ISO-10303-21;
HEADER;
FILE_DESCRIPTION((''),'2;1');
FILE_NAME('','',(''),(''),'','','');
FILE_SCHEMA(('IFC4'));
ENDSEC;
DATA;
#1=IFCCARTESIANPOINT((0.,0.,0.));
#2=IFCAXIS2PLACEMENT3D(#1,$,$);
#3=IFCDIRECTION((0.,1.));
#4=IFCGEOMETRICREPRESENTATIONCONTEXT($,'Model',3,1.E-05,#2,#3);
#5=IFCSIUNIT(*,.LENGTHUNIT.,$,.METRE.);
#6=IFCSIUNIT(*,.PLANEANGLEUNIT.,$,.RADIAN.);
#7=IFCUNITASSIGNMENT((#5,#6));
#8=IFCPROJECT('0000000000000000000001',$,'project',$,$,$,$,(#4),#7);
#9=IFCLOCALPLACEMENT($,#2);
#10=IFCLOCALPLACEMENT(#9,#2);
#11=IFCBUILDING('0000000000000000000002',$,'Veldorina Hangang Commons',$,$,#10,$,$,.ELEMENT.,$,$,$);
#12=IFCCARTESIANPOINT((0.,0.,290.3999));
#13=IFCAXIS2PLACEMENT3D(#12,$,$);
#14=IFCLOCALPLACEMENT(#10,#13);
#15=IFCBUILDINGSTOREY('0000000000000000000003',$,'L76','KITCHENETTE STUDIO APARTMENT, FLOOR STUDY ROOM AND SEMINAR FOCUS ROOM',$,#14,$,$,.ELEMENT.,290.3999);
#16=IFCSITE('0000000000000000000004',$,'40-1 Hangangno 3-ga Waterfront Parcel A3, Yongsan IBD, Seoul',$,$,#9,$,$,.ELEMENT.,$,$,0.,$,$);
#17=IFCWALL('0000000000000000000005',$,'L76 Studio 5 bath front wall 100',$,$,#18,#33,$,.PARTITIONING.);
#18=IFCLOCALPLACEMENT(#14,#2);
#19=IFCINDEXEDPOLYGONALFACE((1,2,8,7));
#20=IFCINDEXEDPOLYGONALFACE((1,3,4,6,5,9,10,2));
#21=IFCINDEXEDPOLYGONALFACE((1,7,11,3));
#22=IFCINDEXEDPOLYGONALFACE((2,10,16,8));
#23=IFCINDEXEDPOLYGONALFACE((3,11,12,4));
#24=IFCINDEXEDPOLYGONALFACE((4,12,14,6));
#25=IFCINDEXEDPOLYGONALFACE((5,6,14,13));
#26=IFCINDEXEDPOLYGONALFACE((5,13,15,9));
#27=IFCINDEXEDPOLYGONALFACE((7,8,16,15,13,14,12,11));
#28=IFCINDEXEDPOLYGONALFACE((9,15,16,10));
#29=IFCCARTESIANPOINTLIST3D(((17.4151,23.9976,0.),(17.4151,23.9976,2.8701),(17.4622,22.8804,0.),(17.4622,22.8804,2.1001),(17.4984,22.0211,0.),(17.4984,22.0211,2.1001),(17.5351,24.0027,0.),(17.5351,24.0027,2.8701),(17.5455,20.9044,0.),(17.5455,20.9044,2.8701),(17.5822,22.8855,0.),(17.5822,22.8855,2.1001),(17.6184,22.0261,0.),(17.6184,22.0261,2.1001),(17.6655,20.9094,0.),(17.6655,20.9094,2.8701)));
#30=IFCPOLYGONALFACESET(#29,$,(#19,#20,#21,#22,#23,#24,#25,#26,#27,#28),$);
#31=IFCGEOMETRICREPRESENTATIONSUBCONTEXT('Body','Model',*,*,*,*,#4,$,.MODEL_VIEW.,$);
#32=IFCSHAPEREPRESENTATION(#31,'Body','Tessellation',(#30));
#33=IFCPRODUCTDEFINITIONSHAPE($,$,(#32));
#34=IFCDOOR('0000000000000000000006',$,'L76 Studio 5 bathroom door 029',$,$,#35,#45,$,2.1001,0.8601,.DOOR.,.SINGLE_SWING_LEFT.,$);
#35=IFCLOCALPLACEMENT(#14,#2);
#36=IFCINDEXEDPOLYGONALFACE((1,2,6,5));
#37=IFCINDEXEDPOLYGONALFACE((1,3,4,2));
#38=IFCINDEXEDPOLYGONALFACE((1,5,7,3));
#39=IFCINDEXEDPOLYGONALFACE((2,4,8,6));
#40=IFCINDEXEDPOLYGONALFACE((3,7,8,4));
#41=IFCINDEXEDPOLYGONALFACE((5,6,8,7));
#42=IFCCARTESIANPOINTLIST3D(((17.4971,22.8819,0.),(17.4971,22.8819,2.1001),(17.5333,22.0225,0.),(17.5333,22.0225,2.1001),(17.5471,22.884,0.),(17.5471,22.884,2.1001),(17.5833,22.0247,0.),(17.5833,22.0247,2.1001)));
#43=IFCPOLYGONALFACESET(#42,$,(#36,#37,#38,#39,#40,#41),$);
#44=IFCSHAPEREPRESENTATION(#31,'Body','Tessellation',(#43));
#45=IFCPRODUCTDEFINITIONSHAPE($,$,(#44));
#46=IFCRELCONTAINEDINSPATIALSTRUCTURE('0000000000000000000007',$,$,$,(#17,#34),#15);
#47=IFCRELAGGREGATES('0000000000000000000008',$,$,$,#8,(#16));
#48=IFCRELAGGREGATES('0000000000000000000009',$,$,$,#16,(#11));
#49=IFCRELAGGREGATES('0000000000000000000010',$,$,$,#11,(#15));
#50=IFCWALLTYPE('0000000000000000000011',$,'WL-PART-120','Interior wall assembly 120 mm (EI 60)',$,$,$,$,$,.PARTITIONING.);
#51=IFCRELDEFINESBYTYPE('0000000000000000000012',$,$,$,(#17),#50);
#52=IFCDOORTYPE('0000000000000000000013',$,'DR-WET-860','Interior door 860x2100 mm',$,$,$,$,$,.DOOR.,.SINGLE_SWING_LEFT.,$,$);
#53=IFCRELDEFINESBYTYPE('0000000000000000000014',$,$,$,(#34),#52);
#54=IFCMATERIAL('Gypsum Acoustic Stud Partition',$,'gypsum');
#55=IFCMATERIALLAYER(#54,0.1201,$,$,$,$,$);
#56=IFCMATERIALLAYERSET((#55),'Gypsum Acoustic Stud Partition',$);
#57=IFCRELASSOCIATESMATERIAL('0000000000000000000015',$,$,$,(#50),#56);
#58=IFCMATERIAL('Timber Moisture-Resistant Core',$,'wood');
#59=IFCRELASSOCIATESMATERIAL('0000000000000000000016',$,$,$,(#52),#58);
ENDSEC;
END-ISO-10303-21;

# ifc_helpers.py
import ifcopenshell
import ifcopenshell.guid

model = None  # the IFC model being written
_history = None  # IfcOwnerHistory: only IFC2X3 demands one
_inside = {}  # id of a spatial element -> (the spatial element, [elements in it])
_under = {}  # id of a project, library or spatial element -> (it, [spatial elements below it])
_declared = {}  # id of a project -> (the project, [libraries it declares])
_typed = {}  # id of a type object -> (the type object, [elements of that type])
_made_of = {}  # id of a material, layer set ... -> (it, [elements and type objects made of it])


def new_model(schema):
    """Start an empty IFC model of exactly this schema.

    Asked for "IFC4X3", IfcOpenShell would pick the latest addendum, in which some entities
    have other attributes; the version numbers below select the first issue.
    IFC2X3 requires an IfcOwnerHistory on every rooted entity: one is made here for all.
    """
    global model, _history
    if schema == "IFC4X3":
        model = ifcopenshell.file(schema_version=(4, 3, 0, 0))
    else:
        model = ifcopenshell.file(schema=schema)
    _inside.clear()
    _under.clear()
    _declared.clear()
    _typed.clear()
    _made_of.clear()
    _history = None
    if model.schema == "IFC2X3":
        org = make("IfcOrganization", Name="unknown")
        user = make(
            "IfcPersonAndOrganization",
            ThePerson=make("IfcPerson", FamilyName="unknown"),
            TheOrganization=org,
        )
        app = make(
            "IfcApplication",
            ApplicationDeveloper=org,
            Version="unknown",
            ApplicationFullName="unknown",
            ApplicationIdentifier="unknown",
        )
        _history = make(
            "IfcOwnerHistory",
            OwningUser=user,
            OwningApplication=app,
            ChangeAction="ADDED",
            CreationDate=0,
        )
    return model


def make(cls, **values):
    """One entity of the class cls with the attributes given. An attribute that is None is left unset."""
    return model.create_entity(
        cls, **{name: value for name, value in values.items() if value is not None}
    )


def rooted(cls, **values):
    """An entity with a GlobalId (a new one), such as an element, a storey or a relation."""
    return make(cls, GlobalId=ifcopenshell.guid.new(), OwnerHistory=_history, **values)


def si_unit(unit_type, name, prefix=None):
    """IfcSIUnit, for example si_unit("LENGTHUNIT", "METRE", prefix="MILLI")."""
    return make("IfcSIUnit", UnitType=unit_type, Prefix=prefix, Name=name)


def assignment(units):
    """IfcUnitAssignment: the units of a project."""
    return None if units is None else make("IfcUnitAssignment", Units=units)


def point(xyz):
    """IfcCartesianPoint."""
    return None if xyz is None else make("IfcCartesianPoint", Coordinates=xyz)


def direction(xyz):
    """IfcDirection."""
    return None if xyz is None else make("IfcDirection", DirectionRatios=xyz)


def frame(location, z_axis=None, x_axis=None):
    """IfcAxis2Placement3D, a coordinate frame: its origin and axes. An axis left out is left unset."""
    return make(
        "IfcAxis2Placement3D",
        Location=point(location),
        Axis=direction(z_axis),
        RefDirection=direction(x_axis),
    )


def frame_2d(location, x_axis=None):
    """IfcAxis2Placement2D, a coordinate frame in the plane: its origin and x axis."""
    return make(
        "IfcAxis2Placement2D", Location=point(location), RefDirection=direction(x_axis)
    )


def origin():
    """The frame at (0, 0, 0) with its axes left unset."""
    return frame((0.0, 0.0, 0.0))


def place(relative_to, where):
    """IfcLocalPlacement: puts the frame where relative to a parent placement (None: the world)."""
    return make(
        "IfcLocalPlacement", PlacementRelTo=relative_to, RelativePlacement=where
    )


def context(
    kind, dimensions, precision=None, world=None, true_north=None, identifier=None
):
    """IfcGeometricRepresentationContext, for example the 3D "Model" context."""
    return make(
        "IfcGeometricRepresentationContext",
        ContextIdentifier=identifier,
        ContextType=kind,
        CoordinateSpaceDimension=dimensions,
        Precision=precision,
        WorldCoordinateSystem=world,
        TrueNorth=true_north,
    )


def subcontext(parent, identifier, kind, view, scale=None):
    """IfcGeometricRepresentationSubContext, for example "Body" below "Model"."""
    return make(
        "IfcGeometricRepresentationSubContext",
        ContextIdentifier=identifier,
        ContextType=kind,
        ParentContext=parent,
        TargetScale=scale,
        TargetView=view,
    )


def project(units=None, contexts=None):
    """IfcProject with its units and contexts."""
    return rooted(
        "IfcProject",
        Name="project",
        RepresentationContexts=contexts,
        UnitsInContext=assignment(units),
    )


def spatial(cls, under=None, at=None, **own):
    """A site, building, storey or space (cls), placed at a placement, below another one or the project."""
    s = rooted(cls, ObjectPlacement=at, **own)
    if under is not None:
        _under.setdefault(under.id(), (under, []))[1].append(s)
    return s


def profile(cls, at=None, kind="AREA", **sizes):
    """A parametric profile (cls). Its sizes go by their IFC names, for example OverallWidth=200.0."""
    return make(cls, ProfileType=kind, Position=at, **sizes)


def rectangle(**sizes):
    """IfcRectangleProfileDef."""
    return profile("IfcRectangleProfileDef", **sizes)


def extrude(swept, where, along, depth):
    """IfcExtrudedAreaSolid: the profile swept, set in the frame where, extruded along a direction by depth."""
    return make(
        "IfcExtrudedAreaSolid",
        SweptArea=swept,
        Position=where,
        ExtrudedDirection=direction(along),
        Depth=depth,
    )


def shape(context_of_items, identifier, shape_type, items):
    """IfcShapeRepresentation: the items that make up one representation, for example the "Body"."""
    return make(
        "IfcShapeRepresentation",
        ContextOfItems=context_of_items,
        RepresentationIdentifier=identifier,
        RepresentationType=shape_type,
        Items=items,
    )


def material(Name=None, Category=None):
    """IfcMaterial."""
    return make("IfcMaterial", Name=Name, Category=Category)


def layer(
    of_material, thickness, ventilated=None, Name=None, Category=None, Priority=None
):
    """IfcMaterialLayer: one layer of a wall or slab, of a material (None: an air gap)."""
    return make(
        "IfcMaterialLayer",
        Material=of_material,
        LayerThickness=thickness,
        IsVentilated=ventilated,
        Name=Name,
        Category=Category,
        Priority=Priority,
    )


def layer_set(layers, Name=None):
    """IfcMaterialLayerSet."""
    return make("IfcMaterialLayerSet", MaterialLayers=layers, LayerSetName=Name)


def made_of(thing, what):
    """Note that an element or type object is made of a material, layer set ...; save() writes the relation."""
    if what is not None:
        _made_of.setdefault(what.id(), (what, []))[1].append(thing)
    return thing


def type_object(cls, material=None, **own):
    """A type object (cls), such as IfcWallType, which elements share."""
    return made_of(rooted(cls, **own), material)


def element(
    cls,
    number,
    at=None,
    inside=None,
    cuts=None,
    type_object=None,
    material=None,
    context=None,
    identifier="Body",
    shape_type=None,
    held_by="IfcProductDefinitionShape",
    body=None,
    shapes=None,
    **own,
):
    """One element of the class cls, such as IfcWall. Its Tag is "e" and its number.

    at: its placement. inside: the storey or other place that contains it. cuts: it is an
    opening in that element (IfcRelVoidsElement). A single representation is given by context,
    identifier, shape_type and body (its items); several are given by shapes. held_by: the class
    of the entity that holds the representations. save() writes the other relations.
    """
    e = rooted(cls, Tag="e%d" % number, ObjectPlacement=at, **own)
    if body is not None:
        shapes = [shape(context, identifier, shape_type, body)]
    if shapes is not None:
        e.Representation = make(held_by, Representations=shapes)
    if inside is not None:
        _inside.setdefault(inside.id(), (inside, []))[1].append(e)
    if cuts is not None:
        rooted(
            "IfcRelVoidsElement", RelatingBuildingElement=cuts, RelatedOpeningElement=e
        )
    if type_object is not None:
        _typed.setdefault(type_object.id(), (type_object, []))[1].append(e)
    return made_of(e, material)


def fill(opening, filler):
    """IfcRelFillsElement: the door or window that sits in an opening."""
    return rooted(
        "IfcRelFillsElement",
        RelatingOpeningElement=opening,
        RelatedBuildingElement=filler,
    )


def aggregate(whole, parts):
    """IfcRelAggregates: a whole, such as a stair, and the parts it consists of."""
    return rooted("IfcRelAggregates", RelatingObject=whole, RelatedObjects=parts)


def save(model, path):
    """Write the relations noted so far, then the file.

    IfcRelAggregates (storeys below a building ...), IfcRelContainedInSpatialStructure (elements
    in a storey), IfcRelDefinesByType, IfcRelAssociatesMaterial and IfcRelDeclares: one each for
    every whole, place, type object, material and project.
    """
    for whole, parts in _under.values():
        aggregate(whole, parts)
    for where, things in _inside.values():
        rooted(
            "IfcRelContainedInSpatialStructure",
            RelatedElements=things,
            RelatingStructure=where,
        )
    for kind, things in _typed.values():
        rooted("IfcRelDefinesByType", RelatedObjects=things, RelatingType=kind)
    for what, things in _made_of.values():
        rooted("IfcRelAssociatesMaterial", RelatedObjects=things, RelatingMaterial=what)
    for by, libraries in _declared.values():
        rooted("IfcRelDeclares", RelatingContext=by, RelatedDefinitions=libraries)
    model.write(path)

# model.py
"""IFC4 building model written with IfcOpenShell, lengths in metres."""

from ifc_helpers import new_model, si_unit, direction, frame, frame_2d, origin, place, context, subcontext, project, spatial, rectangle, extrude, material, layer, layer_set, type_object, element, fill, save


model = new_model("IFC4")

# Units and contexts
model_context = context("Model", 3, precision=1e-05, world=origin(), true_north=direction((0.0, 1.0)))
body_context = subcontext(model_context, "Body", "Model", "MODEL_VIEW")
ifc_project = project(units=[si_unit("LENGTHUNIT", "METRE"), si_unit("PLANEANGLEUNIT", "RADIAN")], contexts=[model_context])

# Site, building, storey
site_placement = place(None, origin())
site = spatial("IfcSite", under=ifc_project, at=site_placement, Name="40-1 Hangangno 3-ga Waterfront Parcel A3, Yongsan IBD, Seoul", CompositionType="ELEMENT", RefElevation=0.0)
building_placement = place(site_placement, origin())
building = spatial("IfcBuilding", under=site, at=building_placement, Name="Veldorina Hangang Commons", CompositionType="ELEMENT")
storey_placement = place(building_placement, frame((0.0, 0.0, 290.3999)))
storey = spatial("IfcBuildingStorey", under=building, at=storey_placement, Name="L76", Description="KITCHENETTE STUDIO APARTMENT, FLOOR STUDY ROOM AND SEMINAR FOCUS ROOM", CompositionType="ELEMENT", Elevation=290.3999)

# Shared definitions
ifc_material_1 = material(Name="Gypsum Acoustic Stud Partition", Category="gypsum")
ifc_layer_1 = layer(ifc_material_1, 0.1201)
ifc_layer_set_1 = layer_set([ifc_layer_1], Name="Gypsum Acoustic Stud Partition")
wall_type_1 = type_object("IfcWallType", Name="WL-PART-120", Description="Interior wall assembly 120 mm (EI 60)", PredefinedType="PARTITIONING", material=ifc_layer_set_1)

# Wall, opening, door
wall_1_placement = place(storey_placement, frame((17.4751, 24.0, 0.0), z_axis=(0.0, 0.0, 1.0), x_axis=(0.042109, -0.999113, 0.0)))
wall_1 = element("IfcWall", 1, at=wall_1_placement, inside=storey, type_object=wall_type_1, Name="L76 Studio 5 bath front wall 100", PredefinedType="PARTITIONING", context=body_context, shape_type="SweptSolid", body=[
    extrude(rectangle(XDim=3.0959, YDim=0.1201, at=frame_2d((1.5479, 0.0))), origin(), (0.0, 0.0, 1.0), 2.8701),
])
opening_1_placement = place(wall_1_placement, frame((1.1179, 0.0, 0.0)))
opening_1 = element("IfcOpeningElement", 2, at=opening_1_placement, cuts=wall_1, PredefinedType="OPENING", context=body_context, shape_type="SweptSolid", body=[
    extrude(rectangle(XDim=0.8601, YDim=2.1001, at=frame_2d((0.4302, 1.05))), frame((0.0, 0.0701, 0.0), z_axis=(0.0, -1.0, 0.0), x_axis=(1.0, 0.0, 0.0)), (0.0, 0.0, 1.0), 0.1401),
])
ifc_material_2 = material(Name="Timber Moisture-Resistant Core", Category="wood")
door_type_1 = type_object("IfcDoorType", Name="DR-WET-860", Description="Interior door 860x2100 mm", OperationType="SINGLE_SWING_LEFT", PredefinedType="DOOR", material=ifc_material_2)
door_1_placement = place(opening_1_placement, origin())
door_1 = element("IfcDoor", 3, at=door_1_placement, inside=storey, type_object=door_type_1, Name="L76 Studio 5 bathroom door 029", OperationType="SINGLE_SWING_LEFT", OverallHeight=2.1001, OverallWidth=0.8601, PredefinedType="DOOR", context=body_context, shape_type="SweptSolid", body=[
    extrude(rectangle(XDim=0.8601, YDim=2.1001, at=frame_2d((0.4302, 1.05))), frame((0.0, 0.0249, 0.0), z_axis=(0.0, -1.0, 0.0), x_axis=(1.0, 0.0, 0.0)), (0.0, 0.0, 1.0), 0.05),
])
fill(opening_1, door_1)

save(model, "model.ifc")
